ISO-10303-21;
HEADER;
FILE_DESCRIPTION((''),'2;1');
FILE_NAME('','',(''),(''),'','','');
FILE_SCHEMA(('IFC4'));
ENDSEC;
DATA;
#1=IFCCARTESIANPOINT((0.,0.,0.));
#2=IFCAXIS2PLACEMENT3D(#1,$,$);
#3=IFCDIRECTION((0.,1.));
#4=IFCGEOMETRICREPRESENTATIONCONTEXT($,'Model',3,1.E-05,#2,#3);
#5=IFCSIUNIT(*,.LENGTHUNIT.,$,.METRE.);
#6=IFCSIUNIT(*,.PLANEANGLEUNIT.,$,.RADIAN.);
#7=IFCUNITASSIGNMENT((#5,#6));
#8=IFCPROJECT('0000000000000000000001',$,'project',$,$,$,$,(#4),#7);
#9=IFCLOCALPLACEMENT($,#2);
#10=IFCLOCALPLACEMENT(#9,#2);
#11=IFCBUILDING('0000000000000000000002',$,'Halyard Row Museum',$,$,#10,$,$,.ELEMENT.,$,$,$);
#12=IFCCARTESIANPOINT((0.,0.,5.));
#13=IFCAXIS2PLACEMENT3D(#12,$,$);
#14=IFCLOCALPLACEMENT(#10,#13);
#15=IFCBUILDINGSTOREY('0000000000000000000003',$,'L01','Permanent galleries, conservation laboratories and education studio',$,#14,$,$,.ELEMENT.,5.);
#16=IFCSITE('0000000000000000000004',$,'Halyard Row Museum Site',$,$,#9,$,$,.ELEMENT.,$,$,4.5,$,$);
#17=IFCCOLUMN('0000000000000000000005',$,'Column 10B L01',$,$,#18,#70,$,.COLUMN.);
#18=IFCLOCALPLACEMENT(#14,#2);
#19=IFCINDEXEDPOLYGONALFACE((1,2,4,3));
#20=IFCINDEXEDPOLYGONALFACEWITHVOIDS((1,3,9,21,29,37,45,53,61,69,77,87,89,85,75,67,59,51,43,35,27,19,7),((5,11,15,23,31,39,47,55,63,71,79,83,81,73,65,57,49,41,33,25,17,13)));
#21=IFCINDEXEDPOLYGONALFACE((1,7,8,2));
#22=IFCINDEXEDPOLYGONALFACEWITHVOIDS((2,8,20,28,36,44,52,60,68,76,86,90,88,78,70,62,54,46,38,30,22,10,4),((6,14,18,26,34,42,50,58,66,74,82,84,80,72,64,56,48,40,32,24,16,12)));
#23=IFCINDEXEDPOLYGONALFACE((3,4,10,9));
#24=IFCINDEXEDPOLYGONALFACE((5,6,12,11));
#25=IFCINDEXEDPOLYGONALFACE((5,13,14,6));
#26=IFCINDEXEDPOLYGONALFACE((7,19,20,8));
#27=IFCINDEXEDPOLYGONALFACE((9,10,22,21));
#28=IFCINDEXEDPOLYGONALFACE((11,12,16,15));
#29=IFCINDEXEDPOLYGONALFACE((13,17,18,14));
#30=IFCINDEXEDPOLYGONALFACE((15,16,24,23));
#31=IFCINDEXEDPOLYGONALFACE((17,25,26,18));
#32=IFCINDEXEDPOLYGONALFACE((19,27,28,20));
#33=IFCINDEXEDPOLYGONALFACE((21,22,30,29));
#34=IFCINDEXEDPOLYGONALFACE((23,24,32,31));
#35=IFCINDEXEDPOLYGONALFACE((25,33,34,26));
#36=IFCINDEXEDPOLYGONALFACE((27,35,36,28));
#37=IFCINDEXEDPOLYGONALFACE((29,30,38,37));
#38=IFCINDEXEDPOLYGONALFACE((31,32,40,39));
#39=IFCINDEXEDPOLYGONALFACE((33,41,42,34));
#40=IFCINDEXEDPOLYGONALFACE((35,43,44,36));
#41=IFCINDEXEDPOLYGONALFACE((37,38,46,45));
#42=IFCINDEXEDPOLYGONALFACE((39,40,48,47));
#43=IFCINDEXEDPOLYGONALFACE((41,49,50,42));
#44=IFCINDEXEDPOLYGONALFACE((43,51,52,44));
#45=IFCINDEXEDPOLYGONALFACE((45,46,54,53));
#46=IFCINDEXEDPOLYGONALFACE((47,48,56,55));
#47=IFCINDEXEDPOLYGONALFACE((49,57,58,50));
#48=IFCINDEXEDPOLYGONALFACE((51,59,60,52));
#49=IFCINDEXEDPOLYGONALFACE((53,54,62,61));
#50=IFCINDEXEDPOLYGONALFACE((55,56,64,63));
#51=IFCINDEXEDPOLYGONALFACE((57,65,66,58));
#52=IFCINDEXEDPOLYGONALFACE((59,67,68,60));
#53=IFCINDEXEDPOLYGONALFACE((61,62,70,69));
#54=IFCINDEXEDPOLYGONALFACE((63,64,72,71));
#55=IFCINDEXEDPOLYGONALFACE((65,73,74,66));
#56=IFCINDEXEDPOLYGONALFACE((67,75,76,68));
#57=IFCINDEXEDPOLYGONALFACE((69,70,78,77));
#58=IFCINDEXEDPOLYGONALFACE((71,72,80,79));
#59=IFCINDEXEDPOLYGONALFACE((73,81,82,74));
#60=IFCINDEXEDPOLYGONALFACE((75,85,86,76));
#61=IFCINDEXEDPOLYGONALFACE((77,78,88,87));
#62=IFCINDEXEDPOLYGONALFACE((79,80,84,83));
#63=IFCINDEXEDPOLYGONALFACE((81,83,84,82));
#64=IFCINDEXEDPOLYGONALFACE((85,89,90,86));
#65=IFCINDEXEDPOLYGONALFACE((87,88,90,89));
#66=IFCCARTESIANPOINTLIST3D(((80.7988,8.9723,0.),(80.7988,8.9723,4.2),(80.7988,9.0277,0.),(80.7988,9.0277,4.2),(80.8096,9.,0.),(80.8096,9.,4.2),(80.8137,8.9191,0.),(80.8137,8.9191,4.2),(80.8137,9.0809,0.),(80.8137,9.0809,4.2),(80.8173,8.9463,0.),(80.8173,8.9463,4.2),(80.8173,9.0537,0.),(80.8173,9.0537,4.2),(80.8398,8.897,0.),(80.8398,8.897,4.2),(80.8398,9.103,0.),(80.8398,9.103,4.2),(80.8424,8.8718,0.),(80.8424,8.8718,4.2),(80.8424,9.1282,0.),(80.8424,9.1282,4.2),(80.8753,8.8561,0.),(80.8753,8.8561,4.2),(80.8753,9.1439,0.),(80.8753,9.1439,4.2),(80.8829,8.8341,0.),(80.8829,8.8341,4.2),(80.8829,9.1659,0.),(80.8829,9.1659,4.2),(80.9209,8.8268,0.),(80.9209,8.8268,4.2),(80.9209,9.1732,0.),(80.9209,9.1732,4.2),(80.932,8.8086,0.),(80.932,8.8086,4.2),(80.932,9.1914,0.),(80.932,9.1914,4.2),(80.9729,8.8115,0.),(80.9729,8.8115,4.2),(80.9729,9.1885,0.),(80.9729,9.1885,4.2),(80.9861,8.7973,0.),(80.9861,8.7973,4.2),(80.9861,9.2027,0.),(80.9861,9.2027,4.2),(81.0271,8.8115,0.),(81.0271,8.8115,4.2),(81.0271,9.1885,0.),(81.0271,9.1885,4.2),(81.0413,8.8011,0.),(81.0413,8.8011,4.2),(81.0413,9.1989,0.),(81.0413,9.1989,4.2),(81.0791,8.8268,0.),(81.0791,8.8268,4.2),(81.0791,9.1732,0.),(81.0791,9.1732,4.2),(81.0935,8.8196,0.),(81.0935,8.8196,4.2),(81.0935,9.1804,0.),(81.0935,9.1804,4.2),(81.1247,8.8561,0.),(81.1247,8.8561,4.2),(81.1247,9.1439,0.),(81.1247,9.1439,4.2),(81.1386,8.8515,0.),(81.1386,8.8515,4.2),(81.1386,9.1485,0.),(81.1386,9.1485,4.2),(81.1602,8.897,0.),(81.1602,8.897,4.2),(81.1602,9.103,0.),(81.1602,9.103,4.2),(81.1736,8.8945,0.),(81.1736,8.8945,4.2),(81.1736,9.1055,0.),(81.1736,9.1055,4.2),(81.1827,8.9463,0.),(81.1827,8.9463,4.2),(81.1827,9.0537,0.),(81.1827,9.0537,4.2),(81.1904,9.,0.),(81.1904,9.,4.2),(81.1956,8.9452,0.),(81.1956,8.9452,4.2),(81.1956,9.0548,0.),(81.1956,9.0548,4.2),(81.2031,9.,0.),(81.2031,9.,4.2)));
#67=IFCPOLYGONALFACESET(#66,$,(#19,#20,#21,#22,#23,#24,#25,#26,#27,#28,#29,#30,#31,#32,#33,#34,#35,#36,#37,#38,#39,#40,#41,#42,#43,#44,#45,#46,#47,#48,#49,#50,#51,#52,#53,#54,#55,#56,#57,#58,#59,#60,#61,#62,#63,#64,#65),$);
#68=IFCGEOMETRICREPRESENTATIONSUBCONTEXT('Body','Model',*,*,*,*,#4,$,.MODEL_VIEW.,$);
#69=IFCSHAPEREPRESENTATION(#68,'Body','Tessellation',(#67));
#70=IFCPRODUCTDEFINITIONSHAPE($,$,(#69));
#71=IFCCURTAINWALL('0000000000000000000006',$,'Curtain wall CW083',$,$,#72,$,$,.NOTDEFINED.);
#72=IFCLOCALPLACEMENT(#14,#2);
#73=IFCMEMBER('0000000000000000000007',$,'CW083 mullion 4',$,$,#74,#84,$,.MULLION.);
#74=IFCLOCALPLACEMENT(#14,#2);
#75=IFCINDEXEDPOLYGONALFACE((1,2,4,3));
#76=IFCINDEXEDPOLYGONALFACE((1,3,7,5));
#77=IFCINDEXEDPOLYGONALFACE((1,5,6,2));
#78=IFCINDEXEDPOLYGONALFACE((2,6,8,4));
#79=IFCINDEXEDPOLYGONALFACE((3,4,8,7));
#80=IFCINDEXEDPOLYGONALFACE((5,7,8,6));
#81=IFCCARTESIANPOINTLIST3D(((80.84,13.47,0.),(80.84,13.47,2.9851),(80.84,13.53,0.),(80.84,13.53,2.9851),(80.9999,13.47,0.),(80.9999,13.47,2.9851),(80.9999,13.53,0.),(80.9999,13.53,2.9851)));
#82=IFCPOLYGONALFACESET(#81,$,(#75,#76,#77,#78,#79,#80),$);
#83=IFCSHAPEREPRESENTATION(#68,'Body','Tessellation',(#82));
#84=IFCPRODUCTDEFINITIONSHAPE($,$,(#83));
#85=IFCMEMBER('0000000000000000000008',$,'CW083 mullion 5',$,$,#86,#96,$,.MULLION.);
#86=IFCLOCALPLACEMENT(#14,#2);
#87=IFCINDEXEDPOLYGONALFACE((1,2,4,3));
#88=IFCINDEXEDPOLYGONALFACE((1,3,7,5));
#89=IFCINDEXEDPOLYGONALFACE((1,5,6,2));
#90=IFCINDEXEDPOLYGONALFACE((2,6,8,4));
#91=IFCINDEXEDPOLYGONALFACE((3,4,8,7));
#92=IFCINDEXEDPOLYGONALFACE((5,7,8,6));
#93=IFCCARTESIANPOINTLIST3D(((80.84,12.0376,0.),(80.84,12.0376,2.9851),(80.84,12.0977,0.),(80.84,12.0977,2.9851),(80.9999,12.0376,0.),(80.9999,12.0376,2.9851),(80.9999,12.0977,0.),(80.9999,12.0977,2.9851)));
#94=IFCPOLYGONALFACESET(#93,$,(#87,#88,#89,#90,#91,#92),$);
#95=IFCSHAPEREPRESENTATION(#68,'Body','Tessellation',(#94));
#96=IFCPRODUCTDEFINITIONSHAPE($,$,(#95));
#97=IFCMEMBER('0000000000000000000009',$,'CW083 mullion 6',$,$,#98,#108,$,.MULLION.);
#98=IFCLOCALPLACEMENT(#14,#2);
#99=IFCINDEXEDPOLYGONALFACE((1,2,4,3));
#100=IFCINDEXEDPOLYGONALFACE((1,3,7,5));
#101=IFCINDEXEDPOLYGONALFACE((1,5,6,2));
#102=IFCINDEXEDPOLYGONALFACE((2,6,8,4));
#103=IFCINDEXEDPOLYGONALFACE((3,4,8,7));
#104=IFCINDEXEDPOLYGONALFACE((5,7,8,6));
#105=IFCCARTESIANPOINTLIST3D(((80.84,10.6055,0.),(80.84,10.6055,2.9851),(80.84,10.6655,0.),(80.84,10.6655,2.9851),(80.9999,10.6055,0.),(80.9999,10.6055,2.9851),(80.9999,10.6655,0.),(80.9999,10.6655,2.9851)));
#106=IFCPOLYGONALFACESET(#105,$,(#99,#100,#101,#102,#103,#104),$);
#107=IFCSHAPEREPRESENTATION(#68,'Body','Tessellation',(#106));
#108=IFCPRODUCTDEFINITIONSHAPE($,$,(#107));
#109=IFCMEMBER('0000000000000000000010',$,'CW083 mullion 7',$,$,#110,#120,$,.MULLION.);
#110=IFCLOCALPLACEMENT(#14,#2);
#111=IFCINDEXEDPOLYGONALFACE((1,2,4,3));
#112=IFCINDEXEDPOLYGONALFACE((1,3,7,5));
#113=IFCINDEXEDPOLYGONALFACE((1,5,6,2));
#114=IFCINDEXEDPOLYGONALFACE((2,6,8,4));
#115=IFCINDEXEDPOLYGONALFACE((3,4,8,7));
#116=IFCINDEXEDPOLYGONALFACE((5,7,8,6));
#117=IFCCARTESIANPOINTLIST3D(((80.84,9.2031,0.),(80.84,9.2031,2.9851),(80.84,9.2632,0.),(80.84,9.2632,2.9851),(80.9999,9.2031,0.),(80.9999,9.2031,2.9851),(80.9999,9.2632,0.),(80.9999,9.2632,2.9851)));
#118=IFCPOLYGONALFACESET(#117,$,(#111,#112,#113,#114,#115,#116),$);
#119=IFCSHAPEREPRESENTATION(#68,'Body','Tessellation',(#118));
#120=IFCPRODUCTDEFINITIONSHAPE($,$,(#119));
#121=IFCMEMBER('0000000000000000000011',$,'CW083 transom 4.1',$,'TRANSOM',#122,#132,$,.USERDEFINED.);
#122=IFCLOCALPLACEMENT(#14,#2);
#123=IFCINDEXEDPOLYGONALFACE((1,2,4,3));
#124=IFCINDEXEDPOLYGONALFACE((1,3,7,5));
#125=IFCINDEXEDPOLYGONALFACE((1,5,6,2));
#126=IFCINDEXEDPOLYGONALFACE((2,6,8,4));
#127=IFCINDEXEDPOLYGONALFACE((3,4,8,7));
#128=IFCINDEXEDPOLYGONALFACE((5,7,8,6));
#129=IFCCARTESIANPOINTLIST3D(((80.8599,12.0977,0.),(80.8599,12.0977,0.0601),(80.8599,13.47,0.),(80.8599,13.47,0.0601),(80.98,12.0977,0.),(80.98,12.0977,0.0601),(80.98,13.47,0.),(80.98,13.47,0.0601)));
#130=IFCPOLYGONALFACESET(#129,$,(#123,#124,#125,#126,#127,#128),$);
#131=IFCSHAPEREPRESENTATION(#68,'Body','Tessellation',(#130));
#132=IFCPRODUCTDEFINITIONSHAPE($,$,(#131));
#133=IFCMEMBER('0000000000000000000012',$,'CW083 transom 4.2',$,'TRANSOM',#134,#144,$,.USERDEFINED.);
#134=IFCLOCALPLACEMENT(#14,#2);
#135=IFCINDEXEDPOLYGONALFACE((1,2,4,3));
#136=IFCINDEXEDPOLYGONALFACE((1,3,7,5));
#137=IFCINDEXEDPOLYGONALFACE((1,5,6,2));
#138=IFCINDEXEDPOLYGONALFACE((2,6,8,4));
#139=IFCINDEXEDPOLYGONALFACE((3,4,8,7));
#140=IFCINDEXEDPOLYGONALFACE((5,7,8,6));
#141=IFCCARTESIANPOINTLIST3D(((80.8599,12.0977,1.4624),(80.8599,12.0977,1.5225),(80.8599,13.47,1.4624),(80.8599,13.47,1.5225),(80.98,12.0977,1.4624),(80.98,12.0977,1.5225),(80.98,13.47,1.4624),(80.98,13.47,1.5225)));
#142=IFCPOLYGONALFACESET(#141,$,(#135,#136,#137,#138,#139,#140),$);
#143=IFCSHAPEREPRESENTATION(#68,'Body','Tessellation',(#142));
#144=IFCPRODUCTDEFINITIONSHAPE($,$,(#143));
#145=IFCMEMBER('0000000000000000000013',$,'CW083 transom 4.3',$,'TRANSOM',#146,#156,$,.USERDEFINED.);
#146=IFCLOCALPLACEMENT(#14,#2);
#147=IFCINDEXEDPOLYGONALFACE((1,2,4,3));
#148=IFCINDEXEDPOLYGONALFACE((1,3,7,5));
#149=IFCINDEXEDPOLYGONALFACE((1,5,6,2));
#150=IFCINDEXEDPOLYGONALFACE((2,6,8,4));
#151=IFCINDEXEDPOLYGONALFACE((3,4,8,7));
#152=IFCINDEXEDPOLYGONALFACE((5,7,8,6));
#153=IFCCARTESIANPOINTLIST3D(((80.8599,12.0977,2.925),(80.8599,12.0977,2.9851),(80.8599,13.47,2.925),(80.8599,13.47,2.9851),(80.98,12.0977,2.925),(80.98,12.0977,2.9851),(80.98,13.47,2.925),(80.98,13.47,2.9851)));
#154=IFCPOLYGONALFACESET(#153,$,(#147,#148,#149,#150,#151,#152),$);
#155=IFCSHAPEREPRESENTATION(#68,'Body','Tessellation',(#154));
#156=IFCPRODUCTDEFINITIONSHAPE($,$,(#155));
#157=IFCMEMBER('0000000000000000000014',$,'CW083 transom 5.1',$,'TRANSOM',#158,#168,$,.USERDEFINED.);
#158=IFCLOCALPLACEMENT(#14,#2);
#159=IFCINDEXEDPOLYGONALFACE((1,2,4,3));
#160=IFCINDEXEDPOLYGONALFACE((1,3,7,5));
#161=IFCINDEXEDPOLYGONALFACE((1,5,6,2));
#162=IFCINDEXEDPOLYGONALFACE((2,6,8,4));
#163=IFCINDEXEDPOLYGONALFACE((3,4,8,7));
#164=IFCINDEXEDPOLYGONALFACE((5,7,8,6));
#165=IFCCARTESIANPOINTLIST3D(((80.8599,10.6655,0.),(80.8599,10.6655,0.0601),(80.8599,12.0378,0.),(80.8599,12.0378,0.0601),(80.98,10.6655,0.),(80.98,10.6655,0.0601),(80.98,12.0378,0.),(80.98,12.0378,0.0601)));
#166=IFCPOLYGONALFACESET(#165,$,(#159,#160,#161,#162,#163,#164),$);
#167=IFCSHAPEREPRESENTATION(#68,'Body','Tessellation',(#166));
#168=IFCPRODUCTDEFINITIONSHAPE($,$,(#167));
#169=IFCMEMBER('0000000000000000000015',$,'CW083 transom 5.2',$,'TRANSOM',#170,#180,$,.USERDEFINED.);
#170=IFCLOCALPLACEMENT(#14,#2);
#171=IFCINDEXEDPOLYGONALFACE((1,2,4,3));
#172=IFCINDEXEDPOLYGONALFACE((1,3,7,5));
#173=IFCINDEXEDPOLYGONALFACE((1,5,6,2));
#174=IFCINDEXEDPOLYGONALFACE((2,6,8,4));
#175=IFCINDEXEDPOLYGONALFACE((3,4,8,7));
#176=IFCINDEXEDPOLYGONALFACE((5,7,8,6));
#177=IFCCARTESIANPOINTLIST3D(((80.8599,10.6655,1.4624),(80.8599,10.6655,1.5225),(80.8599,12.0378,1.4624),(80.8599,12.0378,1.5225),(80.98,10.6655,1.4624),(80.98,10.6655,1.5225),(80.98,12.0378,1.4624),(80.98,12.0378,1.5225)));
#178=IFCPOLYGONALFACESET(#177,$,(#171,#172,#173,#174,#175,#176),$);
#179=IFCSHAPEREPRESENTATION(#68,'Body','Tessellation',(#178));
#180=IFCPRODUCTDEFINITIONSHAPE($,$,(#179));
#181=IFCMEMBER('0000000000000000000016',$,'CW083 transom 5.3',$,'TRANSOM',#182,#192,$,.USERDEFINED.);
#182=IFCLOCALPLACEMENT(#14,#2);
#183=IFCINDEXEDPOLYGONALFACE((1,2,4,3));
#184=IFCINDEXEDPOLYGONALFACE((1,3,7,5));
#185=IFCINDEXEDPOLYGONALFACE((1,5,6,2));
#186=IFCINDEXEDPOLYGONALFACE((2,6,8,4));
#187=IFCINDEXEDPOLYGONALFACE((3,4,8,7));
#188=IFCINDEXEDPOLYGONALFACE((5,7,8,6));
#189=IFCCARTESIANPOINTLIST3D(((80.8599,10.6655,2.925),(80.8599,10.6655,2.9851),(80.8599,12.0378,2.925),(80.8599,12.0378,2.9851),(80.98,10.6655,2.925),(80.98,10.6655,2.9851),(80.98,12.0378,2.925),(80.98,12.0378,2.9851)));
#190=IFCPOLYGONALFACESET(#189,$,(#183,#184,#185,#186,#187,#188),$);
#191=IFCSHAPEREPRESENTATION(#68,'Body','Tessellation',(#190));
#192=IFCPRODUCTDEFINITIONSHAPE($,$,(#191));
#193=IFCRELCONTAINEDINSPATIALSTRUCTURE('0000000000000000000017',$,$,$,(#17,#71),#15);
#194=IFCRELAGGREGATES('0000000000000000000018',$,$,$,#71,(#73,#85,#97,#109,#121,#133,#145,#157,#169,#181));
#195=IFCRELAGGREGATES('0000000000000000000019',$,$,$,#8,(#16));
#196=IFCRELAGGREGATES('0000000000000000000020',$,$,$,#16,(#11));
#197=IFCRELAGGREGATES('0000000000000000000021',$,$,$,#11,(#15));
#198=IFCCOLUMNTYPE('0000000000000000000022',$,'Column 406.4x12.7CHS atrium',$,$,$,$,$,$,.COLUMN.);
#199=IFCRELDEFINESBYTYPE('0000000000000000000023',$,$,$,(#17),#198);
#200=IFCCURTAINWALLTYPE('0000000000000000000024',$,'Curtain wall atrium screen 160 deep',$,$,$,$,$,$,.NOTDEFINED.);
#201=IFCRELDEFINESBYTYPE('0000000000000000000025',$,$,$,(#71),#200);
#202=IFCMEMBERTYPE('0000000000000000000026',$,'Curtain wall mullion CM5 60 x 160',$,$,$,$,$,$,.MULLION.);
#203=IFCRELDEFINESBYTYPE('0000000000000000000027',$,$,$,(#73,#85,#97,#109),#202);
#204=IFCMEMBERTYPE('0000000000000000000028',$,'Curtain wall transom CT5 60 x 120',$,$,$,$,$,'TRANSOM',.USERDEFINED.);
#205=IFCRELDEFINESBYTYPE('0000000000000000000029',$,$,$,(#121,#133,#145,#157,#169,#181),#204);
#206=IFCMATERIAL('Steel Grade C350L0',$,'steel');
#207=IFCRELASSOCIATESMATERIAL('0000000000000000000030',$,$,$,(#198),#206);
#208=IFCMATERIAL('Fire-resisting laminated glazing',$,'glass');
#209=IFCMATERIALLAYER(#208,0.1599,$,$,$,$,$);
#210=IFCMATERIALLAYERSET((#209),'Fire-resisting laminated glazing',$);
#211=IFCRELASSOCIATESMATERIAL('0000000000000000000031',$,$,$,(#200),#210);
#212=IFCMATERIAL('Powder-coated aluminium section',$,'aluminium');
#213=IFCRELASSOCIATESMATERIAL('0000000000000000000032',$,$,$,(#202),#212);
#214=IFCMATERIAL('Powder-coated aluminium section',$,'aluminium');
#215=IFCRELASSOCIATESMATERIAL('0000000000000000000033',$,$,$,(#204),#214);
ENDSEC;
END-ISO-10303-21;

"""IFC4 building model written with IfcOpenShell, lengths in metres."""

from ifc_helpers import new_model, si_unit, direction, frame, origin, origin_2d, place, context, subcontext, project, spatial, rectangle, hollow_circle, extrude, material, layer, layer_set, material_profile, profile_set, type_object, element, aggregate, save


model = new_model("IFC4")

# Units and contexts
model_context = context("Model", 3, precision=1e-05, world=origin(), true_north=direction((0.0, 1.0)))
body_context = subcontext(model_context, "Body", "Model", "MODEL_VIEW")
ifc_project = project(units=[si_unit("LENGTHUNIT", "METRE"), si_unit("PLANEANGLEUNIT", "RADIAN")], contexts=[model_context])

# Site, building, storey
site_placement = place(None, origin())
site = spatial("IfcSite", under=ifc_project, at=site_placement, Name="Halyard Row Museum Site", CompositionType="ELEMENT", RefElevation=4.5)
building_placement = place(site_placement, origin())
building = spatial("IfcBuilding", under=site, at=building_placement, Name="Halyard Row Museum", CompositionType="ELEMENT")
storey_placement = place(building_placement, frame((0.0, 0.0, 5.0)))
storey = spatial("IfcBuildingStorey", under=building, at=storey_placement, Name="L01", Description="Permanent galleries, conservation laboratories and education studio", CompositionType="ELEMENT", Elevation=5.0)

# Column
ifc_material_1 = material(Name="Steel Grade C350L0", Category="steel")
ifc_material_profile_1 = material_profile(ifc_material_1, hollow_circle(Radius=0.2031, WallThickness=0.0127, at=origin_2d()), Name="406.4x12.7CHS")
ifc_profile_set_1 = profile_set([ifc_material_profile_1], Name="Steel Grade C350L0")
column_type = type_object("IfcColumnType", Name="Column 406.4x12.7CHS atrium", PredefinedType="COLUMN", material=ifc_profile_set_1)
column_placement = place(storey_placement, frame((81.0, 9.0, 0.0), z_axis=(0.0, 0.0, 1.0), x_axis=(1.0, 0.0, 0.0)))
element("IfcColumn", 1, at=column_placement, inside=storey, type_object=column_type, Name="Column 10B L01", PredefinedType="COLUMN", context=body_context, shape_type="SweptSolid", body=[
    extrude(hollow_circle(Radius=0.2031, WallThickness=0.0127, at=origin_2d()), origin(), (0.0, 0.0, 1.0), 4.2),
])

# Curtain wall, members
ifc_material_2 = material(Name="Fire-resisting laminated glazing", Category="glass")
ifc_layer_1 = layer(ifc_material_2, 0.1599)
ifc_layer_set_1 = layer_set([ifc_layer_1], Name="Fire-resisting laminated glazing")
curtain_wall_type = type_object("IfcCurtainWallType", Name="Curtain wall atrium screen 160 deep", PredefinedType="NOTDEFINED", material=ifc_layer_set_1)
curtain_wall_placement = place(storey_placement, origin())
curtain_wall = element("IfcCurtainWall", 2, at=curtain_wall_placement, inside=storey, type_object=curtain_wall_type, Name="Curtain wall CW083", PredefinedType="NOTDEFINED")
ifc_material_3 = material(Name="Powder-coated aluminium section", Category="aluminium")
ifc_material_profile_2 = material_profile(ifc_material_3, rectangle(XDim=0.1599, YDim=0.0601, at=origin_2d()), Name="160x60 mullion")
ifc_profile_set_2 = profile_set([ifc_material_profile_2], Name="Powder-coated aluminium section")
member_type_1 = type_object("IfcMemberType", Name="Curtain wall mullion CM5 60 x 160", PredefinedType="MULLION", material=ifc_profile_set_2)
member_1_placement = place(storey_placement, frame((80.9199, 13.5, 0.0), z_axis=(0.0, 0.0, 1.0), x_axis=(1.0, 0.0, 0.0)))
member_1 = element("IfcMember", 3, at=member_1_placement, type_object=member_type_1, Name="CW083 mullion 4", PredefinedType="MULLION", context=body_context, shape_type="SweptSolid", body=[
    extrude(rectangle(XDim=0.1599, YDim=0.0601, at=origin_2d()), origin(), (0.0, 0.0, 1.0), 2.9851),
])
member_2_placement = place(storey_placement, frame((80.9199, 12.0676, 0.0), z_axis=(0.0, 0.0, 1.0), x_axis=(1.0, 0.0, 0.0)))
member_2 = element("IfcMember", 4, at=member_2_placement, type_object=member_type_1, Name="CW083 mullion 5", PredefinedType="MULLION", context=body_context, shape_type="SweptSolid", body=[
    extrude(rectangle(XDim=0.1599, YDim=0.0601, at=origin_2d()), origin(), (0.0, 0.0, 1.0), 2.9851),
])
member_3_placement = place(storey_placement, frame((80.9199, 10.6355, 0.0), z_axis=(0.0, 0.0, 1.0), x_axis=(1.0, 0.0, 0.0)))
member_3 = element("IfcMember", 5, at=member_3_placement, type_object=member_type_1, Name="CW083 mullion 6", PredefinedType="MULLION", context=body_context, shape_type="SweptSolid", body=[
    extrude(rectangle(XDim=0.1599, YDim=0.0601, at=origin_2d()), origin(), (0.0, 0.0, 1.0), 2.9851),
])
member_4_placement = place(storey_placement, frame((80.9199, 9.2332, 0.0), z_axis=(0.0, 0.0, 1.0), x_axis=(1.0, 0.0, 0.0)))
member_4 = element("IfcMember", 6, at=member_4_placement, type_object=member_type_1, Name="CW083 mullion 7", PredefinedType="MULLION", context=body_context, shape_type="SweptSolid", body=[
    extrude(rectangle(XDim=0.1599, YDim=0.0601, at=origin_2d()), origin(), (0.0, 0.0, 1.0), 2.9851),
])
ifc_material_4 = material(Name="Powder-coated aluminium section", Category="aluminium")
ifc_material_profile_3 = material_profile(ifc_material_4, rectangle(XDim=0.1201, YDim=0.0601, at=origin_2d()), Name="120x60 transom")
ifc_profile_set_3 = profile_set([ifc_material_profile_3], Name="Powder-coated aluminium section")
member_type_2 = type_object("IfcMemberType", Name="Curtain wall transom CT5 60 x 120", ElementType="TRANSOM", PredefinedType="USERDEFINED", material=ifc_profile_set_3)
member_5_placement = place(storey_placement, frame((80.9199, 13.47, 0.03), z_axis=(0.0, -1.0, 0.0), x_axis=(1.0, 0.0, 0.0)))
member_5 = element("IfcMember", 7, at=member_5_placement, type_object=member_type_2, Name="CW083 transom 4.1", ObjectType="TRANSOM", PredefinedType="USERDEFINED", context=body_context, shape_type="SweptSolid", body=[
    extrude(rectangle(XDim=0.1201, YDim=0.0601, at=origin_2d()), origin(), (0.0, 0.0, 1.0), 1.3723),
])
member_6_placement = place(storey_placement, frame((80.9199, 13.47, 1.4924), z_axis=(0.0, -1.0, 0.0), x_axis=(1.0, 0.0, 0.0)))
member_6 = element("IfcMember", 8, at=member_6_placement, type_object=member_type_2, Name="CW083 transom 4.2", ObjectType="TRANSOM", PredefinedType="USERDEFINED", context=body_context, shape_type="SweptSolid", body=[
    extrude(rectangle(XDim=0.1201, YDim=0.0601, at=origin_2d()), origin(), (0.0, 0.0, 1.0), 1.3723),
])
member_7_placement = place(storey_placement, frame((80.9199, 13.47, 2.9551), z_axis=(0.0, -1.0, 0.0), x_axis=(1.0, 0.0, 0.0)))
member_7 = element("IfcMember", 9, at=member_7_placement, type_object=member_type_2, Name="CW083 transom 4.3", ObjectType="TRANSOM", PredefinedType="USERDEFINED", context=body_context, shape_type="SweptSolid", body=[
    extrude(rectangle(XDim=0.1201, YDim=0.0601, at=origin_2d()), origin(), (0.0, 0.0, 1.0), 1.3723),
])
member_8_placement = place(storey_placement, frame((80.9199, 12.0378, 0.03), z_axis=(0.0, -1.0, 0.0), x_axis=(1.0, 0.0, 0.0)))
member_8 = element("IfcMember", 10, at=member_8_placement, type_object=member_type_2, Name="CW083 transom 5.1", ObjectType="TRANSOM", PredefinedType="USERDEFINED", context=body_context, shape_type="SweptSolid", body=[
    extrude(rectangle(XDim=0.1201, YDim=0.0601, at=origin_2d()), origin(), (0.0, 0.0, 1.0), 1.3723),
])
member_9_placement = place(storey_placement, frame((80.9199, 12.0378, 1.4924), z_axis=(0.0, -1.0, 0.0), x_axis=(1.0, 0.0, 0.0)))
member_9 = element("IfcMember", 11, at=member_9_placement, type_object=member_type_2, Name="CW083 transom 5.2", ObjectType="TRANSOM", PredefinedType="USERDEFINED", context=body_context, shape_type="SweptSolid", body=[
    extrude(rectangle(XDim=0.1201, YDim=0.0601, at=origin_2d()), origin(), (0.0, 0.0, 1.0), 1.3723),
])
member_10_placement = place(storey_placement, frame((80.9199, 12.0378, 2.9551), z_axis=(0.0, -1.0, 0.0), x_axis=(1.0, 0.0, 0.0)))
member_10 = element("IfcMember", 12, at=member_10_placement, type_object=member_type_2, Name="CW083 transom 5.3", ObjectType="TRANSOM", PredefinedType="USERDEFINED", context=body_context, shape_type="SweptSolid", body=[
    extrude(rectangle(XDim=0.1201, YDim=0.0601, at=origin_2d()), origin(), (0.0, 0.0, 1.0), 1.3723),
])

aggregate(curtain_wall, [member_1, member_2, member_3, member_4, member_5, member_6, member_7, member_8, member_9, member_10])

save(model, "model.ifc")
